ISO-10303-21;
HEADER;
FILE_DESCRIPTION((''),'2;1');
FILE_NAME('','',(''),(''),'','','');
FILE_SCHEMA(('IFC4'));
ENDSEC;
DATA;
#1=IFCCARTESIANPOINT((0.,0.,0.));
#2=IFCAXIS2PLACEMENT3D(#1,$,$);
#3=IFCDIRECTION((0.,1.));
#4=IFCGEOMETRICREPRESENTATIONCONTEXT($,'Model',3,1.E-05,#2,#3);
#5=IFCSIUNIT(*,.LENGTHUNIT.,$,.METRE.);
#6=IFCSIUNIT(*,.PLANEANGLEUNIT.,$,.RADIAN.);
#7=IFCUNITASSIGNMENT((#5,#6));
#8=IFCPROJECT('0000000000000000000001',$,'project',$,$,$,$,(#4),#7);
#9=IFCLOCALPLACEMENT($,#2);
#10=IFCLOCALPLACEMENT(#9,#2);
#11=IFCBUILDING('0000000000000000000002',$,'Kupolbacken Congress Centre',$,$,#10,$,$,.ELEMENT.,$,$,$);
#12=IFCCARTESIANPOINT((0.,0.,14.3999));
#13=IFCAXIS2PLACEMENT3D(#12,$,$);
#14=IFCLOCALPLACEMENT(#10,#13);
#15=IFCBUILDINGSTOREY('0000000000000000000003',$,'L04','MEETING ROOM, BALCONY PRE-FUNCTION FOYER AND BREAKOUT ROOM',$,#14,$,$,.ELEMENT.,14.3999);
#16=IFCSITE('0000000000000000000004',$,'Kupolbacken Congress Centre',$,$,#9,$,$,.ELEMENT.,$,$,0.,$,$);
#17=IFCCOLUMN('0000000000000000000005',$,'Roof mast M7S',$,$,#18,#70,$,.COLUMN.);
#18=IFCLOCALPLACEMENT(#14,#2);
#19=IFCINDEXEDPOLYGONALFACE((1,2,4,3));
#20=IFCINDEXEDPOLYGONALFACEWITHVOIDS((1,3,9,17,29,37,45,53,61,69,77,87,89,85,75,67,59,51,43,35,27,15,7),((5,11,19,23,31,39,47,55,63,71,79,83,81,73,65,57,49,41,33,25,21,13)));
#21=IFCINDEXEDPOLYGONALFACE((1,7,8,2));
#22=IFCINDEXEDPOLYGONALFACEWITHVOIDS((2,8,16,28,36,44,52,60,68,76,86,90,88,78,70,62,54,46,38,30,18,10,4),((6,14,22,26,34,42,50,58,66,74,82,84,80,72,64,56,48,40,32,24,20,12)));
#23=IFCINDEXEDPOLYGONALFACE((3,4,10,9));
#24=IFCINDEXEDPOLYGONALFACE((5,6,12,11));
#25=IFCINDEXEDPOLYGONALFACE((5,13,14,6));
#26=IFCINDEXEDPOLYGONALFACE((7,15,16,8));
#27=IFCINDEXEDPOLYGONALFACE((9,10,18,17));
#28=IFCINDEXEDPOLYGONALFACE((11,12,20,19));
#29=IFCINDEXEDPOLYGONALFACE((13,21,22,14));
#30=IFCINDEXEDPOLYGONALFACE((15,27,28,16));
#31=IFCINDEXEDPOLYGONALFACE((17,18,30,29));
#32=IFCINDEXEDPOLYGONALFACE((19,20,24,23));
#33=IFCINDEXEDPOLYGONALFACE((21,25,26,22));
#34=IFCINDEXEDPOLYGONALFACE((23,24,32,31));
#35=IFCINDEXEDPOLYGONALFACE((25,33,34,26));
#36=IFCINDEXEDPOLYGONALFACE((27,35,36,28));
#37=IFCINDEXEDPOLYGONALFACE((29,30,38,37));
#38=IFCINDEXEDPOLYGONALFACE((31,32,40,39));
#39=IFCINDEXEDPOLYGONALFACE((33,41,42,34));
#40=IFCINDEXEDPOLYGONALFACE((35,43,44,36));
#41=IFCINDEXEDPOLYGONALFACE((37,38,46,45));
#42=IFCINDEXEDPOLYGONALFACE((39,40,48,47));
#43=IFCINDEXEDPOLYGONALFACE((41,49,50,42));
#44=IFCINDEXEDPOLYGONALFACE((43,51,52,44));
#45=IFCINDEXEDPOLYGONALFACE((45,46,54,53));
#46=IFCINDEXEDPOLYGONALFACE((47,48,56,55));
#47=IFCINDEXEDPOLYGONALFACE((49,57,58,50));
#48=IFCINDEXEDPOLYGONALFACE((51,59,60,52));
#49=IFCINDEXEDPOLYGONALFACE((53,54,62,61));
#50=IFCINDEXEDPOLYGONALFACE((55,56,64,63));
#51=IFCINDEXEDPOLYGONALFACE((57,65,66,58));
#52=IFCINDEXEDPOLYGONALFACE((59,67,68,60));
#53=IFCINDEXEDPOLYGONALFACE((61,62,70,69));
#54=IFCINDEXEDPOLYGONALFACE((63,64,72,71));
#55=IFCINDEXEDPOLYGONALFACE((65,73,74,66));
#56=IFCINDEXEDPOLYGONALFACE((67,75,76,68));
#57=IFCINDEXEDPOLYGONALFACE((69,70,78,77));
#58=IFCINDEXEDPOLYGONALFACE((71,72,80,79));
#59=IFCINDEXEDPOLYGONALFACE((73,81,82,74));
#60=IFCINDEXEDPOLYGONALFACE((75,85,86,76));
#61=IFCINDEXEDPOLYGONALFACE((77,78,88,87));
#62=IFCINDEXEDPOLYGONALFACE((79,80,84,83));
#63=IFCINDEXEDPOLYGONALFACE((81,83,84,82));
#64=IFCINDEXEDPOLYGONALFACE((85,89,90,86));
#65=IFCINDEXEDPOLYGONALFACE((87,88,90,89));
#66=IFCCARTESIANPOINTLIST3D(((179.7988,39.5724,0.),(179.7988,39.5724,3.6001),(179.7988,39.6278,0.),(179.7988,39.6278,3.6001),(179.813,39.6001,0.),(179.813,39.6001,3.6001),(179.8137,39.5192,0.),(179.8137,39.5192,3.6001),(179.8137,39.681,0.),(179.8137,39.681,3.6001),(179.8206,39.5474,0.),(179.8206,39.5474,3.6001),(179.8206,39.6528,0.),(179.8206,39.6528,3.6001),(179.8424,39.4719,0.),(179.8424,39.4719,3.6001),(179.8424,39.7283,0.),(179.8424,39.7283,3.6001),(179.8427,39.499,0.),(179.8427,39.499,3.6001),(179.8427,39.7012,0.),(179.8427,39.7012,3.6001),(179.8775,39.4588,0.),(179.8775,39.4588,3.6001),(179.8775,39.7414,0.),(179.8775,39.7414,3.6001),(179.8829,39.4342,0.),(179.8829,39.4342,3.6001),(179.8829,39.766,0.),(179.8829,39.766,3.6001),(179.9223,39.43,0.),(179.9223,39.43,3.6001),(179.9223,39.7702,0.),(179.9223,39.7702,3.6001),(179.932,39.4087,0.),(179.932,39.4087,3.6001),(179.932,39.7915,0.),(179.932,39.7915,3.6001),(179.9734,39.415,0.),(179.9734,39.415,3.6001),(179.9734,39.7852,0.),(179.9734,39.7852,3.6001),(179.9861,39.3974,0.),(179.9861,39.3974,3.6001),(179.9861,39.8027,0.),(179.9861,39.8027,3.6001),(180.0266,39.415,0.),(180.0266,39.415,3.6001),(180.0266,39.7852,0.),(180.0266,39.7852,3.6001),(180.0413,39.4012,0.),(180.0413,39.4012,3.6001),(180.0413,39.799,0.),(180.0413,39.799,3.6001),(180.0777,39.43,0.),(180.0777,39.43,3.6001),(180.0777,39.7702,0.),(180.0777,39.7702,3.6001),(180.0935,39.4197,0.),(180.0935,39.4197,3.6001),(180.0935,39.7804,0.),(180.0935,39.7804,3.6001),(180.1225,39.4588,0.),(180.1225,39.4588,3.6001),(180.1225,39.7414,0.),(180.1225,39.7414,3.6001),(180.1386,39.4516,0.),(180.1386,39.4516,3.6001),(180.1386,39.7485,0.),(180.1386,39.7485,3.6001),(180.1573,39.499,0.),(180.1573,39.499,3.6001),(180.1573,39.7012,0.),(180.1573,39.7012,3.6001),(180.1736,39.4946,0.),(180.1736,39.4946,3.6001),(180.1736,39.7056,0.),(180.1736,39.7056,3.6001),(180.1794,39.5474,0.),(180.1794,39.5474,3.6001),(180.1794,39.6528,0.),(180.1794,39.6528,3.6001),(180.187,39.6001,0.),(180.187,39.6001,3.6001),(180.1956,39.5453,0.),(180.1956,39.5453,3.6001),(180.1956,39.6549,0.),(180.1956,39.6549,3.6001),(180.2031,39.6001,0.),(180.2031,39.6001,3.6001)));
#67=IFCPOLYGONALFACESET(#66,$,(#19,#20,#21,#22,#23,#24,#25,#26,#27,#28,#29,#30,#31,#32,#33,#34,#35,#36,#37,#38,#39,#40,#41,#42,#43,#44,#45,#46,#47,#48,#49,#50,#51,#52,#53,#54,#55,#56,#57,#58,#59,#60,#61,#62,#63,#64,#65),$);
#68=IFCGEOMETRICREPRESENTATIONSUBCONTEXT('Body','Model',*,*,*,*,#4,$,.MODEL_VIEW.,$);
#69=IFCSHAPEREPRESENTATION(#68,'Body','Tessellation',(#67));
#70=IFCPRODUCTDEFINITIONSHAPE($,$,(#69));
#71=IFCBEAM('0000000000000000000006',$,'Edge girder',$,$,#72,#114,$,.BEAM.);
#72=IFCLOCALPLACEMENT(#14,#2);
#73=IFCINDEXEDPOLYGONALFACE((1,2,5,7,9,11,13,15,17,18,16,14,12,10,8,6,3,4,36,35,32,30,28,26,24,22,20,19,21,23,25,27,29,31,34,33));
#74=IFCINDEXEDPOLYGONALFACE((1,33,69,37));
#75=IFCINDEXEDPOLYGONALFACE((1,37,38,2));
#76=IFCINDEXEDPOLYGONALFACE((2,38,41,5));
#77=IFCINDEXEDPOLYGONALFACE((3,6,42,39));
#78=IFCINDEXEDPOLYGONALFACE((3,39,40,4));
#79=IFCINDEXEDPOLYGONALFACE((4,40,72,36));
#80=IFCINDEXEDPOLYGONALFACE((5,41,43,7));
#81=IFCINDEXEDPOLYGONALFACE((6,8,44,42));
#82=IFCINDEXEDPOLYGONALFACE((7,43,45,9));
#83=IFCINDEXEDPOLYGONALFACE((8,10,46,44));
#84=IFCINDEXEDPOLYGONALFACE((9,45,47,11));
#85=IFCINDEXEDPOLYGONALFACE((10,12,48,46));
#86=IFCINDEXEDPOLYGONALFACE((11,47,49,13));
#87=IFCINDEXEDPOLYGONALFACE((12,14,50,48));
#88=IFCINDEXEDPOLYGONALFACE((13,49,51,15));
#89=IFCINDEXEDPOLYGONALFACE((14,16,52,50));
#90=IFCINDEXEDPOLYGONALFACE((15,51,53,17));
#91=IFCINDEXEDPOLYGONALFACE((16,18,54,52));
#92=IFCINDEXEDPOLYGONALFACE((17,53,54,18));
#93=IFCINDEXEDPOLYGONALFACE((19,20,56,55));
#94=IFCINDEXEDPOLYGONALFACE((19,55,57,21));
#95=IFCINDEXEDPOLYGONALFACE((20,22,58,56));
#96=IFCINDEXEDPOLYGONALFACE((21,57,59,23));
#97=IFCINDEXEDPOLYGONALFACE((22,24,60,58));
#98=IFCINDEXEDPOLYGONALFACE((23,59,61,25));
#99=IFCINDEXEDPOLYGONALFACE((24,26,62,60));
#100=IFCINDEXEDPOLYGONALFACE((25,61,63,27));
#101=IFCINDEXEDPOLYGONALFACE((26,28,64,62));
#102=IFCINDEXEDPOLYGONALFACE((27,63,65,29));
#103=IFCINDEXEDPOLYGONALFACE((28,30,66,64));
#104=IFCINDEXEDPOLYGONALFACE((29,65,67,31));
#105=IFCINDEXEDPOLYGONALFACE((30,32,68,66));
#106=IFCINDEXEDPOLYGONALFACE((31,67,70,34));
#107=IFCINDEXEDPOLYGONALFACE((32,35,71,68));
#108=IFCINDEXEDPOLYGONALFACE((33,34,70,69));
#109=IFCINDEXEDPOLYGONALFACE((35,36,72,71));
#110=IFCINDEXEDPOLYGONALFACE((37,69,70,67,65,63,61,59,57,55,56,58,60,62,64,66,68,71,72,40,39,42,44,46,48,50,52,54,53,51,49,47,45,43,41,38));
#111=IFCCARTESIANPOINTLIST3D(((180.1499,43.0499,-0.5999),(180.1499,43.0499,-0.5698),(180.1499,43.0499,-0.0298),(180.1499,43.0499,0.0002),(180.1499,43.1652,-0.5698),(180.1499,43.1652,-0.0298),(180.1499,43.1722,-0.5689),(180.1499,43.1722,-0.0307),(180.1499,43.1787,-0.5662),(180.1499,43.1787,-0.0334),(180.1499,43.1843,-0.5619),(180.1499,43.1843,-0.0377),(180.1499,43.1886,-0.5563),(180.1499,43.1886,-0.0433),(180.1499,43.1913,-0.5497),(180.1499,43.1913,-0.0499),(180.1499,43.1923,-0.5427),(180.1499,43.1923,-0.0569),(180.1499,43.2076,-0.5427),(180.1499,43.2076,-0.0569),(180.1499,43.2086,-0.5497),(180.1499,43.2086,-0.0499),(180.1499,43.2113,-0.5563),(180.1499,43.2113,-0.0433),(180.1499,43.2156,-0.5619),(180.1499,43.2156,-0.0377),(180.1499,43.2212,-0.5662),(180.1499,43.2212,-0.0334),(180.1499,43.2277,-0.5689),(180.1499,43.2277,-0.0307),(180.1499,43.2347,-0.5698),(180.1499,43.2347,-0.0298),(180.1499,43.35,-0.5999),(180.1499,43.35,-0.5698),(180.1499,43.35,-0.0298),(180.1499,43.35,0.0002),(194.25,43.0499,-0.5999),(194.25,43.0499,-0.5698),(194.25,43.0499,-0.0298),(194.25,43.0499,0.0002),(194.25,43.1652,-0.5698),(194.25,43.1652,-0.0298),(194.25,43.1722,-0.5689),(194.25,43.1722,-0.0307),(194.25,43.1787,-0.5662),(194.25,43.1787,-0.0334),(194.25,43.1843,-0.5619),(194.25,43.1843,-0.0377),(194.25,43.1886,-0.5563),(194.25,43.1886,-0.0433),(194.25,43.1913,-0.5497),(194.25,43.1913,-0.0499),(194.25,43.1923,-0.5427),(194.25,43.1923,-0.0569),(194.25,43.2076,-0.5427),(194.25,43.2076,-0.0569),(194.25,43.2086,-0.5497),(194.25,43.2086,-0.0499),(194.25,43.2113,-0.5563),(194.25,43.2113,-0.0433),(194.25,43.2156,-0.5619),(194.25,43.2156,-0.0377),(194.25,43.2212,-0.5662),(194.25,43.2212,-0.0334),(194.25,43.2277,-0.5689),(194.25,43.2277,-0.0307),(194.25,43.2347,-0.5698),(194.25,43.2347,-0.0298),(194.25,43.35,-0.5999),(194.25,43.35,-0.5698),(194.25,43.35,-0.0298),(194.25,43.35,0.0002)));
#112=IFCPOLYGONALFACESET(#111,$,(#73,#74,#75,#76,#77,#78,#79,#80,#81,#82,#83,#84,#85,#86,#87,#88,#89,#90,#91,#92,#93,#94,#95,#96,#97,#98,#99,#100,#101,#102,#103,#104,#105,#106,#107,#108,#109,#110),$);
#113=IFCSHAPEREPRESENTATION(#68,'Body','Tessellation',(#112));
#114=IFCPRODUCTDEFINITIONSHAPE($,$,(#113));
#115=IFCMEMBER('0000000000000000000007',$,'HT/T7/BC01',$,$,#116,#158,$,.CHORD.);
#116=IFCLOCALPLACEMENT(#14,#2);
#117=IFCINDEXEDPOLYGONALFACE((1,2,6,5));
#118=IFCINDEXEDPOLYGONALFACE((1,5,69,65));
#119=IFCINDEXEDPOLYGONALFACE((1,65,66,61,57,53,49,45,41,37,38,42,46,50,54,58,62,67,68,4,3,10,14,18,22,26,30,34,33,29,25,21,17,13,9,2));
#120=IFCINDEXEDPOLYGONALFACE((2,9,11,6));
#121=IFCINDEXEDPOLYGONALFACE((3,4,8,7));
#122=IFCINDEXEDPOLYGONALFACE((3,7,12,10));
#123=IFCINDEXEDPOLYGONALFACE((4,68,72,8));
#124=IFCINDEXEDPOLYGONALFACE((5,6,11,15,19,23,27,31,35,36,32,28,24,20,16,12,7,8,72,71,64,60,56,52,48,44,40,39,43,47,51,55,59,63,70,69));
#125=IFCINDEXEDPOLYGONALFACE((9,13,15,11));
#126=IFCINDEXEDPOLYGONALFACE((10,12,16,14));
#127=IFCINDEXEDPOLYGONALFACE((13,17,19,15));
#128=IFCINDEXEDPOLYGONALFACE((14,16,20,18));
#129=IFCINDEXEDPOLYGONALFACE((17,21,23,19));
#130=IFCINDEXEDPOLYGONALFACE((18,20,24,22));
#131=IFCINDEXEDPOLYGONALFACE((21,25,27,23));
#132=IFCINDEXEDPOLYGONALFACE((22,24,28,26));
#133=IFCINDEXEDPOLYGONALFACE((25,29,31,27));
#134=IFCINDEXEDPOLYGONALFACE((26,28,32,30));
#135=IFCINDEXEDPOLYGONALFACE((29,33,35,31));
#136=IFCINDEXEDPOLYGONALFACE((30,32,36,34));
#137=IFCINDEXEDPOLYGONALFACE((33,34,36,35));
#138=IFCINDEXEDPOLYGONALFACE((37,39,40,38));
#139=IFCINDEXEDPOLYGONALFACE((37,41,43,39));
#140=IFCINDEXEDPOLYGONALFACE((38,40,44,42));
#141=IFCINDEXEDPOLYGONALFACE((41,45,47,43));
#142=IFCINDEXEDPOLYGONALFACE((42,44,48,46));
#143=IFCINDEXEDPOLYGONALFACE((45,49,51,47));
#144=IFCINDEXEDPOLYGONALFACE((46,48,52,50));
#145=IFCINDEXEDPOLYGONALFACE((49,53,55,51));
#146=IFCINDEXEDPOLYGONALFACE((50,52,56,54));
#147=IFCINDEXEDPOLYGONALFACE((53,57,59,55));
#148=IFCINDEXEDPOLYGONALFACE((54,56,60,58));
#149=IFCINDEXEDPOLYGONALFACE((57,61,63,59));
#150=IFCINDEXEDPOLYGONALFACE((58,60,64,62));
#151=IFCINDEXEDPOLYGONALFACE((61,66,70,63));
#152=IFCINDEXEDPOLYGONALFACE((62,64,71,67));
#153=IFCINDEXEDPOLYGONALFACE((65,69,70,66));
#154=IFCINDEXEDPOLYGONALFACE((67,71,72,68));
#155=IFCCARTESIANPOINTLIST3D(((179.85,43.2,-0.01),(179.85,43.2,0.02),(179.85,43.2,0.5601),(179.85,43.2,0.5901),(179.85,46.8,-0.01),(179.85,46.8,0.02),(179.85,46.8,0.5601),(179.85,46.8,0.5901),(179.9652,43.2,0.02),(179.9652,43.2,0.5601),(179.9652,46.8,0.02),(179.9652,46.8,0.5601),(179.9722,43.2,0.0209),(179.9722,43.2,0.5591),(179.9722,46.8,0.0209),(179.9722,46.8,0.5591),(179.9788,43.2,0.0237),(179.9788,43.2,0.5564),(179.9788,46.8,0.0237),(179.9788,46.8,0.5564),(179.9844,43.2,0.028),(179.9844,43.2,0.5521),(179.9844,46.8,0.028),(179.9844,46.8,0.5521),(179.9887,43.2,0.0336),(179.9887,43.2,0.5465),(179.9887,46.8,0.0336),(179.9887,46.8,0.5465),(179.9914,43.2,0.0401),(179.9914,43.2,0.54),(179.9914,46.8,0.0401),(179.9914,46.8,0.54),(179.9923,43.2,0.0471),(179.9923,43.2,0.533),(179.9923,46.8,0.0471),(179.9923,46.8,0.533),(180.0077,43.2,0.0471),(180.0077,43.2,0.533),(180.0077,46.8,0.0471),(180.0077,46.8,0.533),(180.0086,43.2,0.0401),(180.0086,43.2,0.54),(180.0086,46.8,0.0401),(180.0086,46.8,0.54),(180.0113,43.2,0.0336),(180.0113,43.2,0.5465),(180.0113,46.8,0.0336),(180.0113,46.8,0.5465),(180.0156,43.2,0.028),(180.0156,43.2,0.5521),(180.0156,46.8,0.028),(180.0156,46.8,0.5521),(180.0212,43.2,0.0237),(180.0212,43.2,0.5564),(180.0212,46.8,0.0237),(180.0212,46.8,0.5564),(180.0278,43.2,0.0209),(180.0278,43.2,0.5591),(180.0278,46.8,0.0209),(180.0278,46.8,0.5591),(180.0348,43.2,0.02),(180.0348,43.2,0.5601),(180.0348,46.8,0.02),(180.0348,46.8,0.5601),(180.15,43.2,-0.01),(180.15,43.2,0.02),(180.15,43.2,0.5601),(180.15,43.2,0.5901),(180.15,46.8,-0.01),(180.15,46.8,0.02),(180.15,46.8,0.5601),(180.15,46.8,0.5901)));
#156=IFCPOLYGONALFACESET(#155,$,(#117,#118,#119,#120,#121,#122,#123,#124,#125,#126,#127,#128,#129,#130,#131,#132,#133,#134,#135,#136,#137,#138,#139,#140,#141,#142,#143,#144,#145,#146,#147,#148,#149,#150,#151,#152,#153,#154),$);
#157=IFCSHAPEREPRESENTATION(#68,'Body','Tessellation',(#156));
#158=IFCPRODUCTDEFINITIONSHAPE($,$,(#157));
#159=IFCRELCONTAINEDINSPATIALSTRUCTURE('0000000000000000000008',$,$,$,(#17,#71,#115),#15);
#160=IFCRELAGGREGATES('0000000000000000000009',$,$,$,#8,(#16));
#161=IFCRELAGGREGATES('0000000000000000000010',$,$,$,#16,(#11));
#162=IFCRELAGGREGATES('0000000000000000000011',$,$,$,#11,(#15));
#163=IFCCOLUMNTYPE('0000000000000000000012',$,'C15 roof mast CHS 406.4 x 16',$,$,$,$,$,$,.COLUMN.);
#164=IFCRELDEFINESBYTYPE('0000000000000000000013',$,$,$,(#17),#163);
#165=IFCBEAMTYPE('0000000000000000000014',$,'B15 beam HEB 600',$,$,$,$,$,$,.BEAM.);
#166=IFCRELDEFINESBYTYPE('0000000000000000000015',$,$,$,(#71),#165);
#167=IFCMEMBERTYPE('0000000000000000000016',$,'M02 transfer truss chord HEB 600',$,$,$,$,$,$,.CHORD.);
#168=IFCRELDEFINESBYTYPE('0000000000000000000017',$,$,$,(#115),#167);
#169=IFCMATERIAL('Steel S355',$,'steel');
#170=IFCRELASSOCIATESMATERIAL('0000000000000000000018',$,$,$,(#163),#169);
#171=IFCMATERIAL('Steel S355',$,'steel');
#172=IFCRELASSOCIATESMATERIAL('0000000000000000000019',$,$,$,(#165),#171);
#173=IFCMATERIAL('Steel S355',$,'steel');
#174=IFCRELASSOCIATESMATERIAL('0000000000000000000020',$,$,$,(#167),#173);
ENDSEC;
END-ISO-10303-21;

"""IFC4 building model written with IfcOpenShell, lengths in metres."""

from ifc_helpers import new_model, si_unit, direction, frame, origin, origin_2d, place, context, subcontext, project, spatial, hollow_circle, i_section, extrude, material, material_profile, profile_set, type_object, element, save


model = new_model("IFC4")

# Units and contexts
model_context = context("Model", 3, precision=1e-05, world=origin(), true_north=direction((0.0, 1.0)))
body_context = subcontext(model_context, "Body", "Model", "MODEL_VIEW")
ifc_project = project(units=[si_unit("LENGTHUNIT", "METRE"), si_unit("PLANEANGLEUNIT", "RADIAN")], contexts=[model_context])

# Site, building, storey
site_placement = place(None, origin())
site = spatial("IfcSite", under=ifc_project, at=site_placement, Name="Kupolbacken Congress Centre", CompositionType="ELEMENT", RefElevation=0.0)
building_placement = place(site_placement, origin())
building = spatial("IfcBuilding", under=site, at=building_placement, Name="Kupolbacken Congress Centre", CompositionType="ELEMENT")
storey_placement = place(building_placement, frame((0.0, 0.0, 14.3999)))
storey = spatial("IfcBuildingStorey", under=building, at=storey_placement, Name="L04", Description="MEETING ROOM, BALCONY PRE-FUNCTION FOYER AND BREAKOUT ROOM", CompositionType="ELEMENT", Elevation=14.3999)

# Column
ifc_material_1 = material(Name="Steel S355", Category="steel")
ifc_material_profile_1 = material_profile(ifc_material_1, hollow_circle(Radius=0.2031, WallThickness=0.0161, at=origin_2d()), Name="CHS 406.4 x 16")
ifc_profile_set_1 = profile_set([ifc_material_profile_1], Name="Steel S355")
column_type = type_object("IfcColumnType", Name="C15 roof mast CHS 406.4 x 16", PredefinedType="COLUMN", material=ifc_profile_set_1)
column_placement = place(storey_placement, frame((180.0, 39.6001, 0.0), z_axis=(0.0, 0.0, 1.0), x_axis=(1.0, 0.0, 0.0)))
element("IfcColumn", 1, at=column_placement, inside=storey, type_object=column_type, Name="Roof mast M7S", PredefinedType="COLUMN", context=body_context, shape_type="SweptSolid", body=[
    extrude(hollow_circle(Radius=0.2031, WallThickness=0.0161, at=origin_2d()), origin(), (0.0, 0.0, 1.0), 3.6001),
])

# Beam
ifc_material_2 = material(Name="Steel S355", Category="steel")
ifc_material_profile_2 = material_profile(ifc_material_2, i_section(OverallWidth=0.3, OverallDepth=0.6001, WebThickness=0.0154, FlangeThickness=0.03, FilletRadius=0.0271, at=origin_2d()), Name="HEB 600")
ifc_profile_set_2 = profile_set([ifc_material_profile_2], Name="Steel S355")
beam_type = type_object("IfcBeamType", Name="B15 beam HEB 600", PredefinedType="BEAM", material=ifc_profile_set_2)
beam_placement = place(storey_placement, frame((180.1499, 43.2, -0.2998), z_axis=(1.0, 0.0, 0.0), x_axis=(0.0, 1.0, 0.0)))
element("IfcBeam", 2, at=beam_placement, inside=storey, type_object=beam_type, Name="Edge girder", PredefinedType="BEAM", context=body_context, shape_type="SweptSolid", body=[
    extrude(i_section(OverallWidth=0.3, OverallDepth=0.6001, WebThickness=0.0154, FlangeThickness=0.03, FilletRadius=0.0271, at=origin_2d()), origin(), (0.0, 0.0, 1.0), 14.1001),
])

# Member
ifc_material_3 = material(Name="Steel S355", Category="steel")
ifc_material_profile_3 = material_profile(ifc_material_3, i_section(OverallWidth=0.3, OverallDepth=0.6001, WebThickness=0.0154, FlangeThickness=0.03, FilletRadius=0.0271, at=origin_2d()), Name="HEB 600")
ifc_profile_set_3 = profile_set([ifc_material_profile_3], Name="Steel S355")
member_type_1 = type_object("IfcMemberType", Name="M02 transfer truss chord HEB 600", PredefinedType="CHORD", material=ifc_profile_set_3)
member_1_placement = place(storey_placement, frame((180.0, 43.2, 0.29), z_axis=(0.0, 1.0, 0.0), x_axis=(-1.0, 0.0, 0.0)))
element("IfcMember", 3, at=member_1_placement, inside=storey, type_object=member_type_1, Name="HT/T7/BC01", PredefinedType="CHORD", context=body_context, shape_type="SweptSolid", body=[
    extrude(i_section(OverallWidth=0.3, OverallDepth=0.6001, WebThickness=0.0154, FlangeThickness=0.03, FilletRadius=0.0271, at=origin_2d()), origin(), (0.0, 0.0, 1.0), 3.6001),
])

save(model, "model.ifc")
